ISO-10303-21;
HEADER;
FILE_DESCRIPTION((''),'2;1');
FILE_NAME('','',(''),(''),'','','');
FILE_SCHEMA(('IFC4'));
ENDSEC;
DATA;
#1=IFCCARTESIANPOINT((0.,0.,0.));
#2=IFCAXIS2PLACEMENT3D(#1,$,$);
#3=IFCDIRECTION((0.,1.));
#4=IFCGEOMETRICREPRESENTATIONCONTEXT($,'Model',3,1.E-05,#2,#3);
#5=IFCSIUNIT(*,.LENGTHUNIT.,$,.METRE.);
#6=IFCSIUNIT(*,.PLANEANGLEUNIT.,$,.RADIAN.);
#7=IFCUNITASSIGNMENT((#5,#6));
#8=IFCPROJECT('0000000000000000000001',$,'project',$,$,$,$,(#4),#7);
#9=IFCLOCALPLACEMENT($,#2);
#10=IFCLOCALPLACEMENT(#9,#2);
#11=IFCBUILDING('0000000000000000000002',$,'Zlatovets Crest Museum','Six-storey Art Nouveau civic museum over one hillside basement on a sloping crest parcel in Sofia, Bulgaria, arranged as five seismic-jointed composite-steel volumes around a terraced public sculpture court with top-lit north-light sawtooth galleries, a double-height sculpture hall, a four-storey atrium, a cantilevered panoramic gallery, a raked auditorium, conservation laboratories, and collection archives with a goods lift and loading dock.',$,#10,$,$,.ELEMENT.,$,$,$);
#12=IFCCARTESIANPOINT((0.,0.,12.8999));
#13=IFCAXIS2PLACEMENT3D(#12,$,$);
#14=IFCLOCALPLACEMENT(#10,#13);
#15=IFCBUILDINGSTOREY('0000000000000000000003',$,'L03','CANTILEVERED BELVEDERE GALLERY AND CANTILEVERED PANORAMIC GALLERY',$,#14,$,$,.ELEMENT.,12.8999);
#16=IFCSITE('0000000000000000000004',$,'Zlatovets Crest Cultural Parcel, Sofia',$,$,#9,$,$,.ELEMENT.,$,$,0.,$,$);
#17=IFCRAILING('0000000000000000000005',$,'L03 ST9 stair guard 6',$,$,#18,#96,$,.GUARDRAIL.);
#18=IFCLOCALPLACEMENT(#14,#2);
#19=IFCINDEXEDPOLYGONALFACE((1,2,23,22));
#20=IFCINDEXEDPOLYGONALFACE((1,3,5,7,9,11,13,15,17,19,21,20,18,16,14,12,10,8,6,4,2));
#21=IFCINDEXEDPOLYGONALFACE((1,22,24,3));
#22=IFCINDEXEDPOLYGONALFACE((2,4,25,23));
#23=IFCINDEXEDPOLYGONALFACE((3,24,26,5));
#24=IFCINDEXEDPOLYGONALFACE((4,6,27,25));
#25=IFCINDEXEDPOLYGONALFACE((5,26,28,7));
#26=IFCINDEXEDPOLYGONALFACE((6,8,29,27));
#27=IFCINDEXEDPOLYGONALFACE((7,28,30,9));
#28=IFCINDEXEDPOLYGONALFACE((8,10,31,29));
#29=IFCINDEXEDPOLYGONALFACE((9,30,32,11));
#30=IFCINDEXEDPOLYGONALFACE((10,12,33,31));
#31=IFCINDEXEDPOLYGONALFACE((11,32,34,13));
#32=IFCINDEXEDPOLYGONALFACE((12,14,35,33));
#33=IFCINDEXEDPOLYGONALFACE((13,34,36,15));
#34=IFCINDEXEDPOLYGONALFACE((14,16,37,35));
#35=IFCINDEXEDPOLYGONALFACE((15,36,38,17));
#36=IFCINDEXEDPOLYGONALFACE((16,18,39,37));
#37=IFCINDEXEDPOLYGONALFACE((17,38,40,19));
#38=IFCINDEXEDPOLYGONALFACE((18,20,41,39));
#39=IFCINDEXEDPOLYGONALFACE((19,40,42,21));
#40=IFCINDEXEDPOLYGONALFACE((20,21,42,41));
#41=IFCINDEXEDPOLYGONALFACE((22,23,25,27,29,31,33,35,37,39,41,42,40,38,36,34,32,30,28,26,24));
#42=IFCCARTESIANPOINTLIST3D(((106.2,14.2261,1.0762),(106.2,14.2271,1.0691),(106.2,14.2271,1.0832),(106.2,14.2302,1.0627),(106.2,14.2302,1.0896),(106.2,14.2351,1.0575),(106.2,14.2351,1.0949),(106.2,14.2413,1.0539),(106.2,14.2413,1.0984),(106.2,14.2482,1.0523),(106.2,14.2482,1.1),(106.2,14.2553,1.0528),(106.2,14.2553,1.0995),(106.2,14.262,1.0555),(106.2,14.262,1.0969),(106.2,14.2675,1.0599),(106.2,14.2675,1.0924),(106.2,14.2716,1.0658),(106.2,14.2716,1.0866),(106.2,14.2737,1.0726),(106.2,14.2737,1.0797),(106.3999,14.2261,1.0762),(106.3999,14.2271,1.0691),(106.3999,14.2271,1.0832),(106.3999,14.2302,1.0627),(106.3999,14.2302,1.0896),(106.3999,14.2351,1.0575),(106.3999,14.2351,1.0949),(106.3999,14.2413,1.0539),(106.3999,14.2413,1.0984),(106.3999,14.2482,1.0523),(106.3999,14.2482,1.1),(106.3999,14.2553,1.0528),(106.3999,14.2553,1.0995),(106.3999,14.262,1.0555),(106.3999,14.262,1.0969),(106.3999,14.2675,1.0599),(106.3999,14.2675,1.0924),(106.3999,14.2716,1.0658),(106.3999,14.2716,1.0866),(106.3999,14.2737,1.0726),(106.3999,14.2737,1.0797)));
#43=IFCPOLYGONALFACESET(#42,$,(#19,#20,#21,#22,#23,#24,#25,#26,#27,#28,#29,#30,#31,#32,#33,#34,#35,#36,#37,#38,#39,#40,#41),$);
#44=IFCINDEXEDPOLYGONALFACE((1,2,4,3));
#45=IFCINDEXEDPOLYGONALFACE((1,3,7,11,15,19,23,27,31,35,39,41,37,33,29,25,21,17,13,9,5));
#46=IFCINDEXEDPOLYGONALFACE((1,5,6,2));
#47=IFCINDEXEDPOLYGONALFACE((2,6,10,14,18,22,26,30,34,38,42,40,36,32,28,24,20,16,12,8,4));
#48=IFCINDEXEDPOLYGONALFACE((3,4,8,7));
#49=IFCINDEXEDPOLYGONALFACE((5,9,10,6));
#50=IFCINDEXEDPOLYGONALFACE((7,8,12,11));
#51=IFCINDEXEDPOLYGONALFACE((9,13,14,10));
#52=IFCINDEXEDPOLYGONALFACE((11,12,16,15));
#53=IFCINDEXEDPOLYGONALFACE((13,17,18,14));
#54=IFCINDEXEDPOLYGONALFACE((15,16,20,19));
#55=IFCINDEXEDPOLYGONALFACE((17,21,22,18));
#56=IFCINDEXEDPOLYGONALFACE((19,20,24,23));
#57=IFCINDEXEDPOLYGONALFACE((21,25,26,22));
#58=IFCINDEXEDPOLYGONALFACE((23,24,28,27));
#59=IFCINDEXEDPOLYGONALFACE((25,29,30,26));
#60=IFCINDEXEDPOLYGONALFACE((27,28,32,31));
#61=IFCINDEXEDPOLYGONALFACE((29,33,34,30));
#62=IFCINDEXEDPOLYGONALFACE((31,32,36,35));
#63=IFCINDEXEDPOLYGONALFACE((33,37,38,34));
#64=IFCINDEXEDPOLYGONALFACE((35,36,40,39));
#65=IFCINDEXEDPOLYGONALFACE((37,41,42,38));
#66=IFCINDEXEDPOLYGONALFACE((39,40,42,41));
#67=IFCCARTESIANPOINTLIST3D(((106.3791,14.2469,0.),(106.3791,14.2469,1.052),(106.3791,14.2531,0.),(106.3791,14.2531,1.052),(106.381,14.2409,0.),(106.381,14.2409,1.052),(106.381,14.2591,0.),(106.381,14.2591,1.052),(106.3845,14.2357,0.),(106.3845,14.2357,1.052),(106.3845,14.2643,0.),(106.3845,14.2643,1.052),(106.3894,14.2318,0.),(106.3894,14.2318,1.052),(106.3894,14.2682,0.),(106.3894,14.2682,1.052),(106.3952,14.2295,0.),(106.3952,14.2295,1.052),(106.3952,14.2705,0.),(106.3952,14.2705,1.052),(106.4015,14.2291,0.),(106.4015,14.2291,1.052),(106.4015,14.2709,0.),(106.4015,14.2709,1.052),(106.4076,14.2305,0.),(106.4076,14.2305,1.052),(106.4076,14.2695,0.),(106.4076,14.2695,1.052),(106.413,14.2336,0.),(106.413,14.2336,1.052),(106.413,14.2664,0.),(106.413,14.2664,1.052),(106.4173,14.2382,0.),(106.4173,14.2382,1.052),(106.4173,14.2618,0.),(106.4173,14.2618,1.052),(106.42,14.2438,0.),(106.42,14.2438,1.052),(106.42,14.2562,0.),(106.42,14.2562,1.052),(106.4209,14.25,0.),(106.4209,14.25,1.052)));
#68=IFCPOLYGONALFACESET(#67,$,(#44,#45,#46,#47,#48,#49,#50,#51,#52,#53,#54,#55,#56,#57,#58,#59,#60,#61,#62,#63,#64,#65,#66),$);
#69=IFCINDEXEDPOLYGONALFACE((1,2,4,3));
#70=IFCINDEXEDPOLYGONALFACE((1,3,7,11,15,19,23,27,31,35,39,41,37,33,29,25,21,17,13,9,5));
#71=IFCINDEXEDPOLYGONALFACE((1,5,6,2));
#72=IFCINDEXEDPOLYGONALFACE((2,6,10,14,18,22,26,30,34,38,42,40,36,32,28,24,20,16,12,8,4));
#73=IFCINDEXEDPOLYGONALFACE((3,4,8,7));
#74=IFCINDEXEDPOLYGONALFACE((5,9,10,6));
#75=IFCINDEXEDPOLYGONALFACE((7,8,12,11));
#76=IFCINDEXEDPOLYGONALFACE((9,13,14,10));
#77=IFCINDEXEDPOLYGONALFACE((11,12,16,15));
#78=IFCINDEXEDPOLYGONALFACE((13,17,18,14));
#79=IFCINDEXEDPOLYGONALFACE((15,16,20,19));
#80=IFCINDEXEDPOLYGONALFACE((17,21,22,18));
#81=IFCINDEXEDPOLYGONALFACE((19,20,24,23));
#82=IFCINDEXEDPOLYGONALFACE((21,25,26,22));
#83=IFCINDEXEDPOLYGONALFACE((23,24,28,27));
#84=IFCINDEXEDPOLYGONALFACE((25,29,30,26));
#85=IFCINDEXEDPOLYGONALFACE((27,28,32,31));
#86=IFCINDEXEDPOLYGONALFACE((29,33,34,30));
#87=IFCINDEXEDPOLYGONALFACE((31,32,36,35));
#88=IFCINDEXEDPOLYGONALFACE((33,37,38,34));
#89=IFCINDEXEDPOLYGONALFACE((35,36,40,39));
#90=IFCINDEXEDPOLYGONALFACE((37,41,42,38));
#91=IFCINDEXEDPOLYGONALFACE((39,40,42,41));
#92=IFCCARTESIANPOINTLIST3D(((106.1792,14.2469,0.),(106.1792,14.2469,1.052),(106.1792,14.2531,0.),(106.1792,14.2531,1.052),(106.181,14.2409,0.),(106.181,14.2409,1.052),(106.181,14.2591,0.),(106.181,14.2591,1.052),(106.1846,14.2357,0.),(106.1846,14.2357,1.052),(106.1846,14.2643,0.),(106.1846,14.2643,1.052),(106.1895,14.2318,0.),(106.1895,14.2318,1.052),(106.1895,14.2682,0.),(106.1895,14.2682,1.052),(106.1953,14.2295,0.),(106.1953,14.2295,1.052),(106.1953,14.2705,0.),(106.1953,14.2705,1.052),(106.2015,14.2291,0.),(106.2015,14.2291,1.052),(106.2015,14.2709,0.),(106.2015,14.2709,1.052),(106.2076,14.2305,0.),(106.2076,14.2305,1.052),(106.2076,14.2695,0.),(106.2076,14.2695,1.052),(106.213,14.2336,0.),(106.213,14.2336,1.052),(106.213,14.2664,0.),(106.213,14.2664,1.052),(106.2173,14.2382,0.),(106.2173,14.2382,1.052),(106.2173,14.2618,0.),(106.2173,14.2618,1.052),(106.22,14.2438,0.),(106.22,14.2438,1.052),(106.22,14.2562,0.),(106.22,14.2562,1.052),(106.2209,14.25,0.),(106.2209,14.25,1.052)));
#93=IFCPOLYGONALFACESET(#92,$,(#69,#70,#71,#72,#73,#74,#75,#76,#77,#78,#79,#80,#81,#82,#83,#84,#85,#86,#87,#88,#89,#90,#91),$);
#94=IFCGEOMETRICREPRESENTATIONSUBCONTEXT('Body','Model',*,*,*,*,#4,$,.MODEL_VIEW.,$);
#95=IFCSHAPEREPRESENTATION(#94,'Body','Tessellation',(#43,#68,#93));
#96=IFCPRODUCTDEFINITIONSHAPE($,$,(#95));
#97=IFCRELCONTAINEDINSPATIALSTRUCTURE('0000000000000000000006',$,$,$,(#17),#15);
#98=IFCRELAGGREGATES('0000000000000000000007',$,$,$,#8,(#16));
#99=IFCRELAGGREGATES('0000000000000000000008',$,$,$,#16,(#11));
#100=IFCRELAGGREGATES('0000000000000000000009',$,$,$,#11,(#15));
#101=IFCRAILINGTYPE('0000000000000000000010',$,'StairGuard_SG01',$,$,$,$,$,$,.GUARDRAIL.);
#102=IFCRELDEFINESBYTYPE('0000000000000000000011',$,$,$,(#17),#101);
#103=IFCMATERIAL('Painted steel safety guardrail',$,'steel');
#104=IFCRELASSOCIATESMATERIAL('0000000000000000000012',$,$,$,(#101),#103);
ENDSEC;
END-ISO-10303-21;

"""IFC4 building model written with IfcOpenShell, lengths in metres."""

from ifc_helpers import new_model, si_unit, direction, frame, origin, origin_2d, place, context, subcontext, project, spatial, circle, extrude, material, type_object, element, save


model = new_model("IFC4")

# Units and contexts
model_context = context("Model", 3, precision=1e-05, world=origin(), true_north=direction((0.0, 1.0)))
body_context = subcontext(model_context, "Body", "Model", "MODEL_VIEW")
ifc_project = project(units=[si_unit("LENGTHUNIT", "METRE"), si_unit("PLANEANGLEUNIT", "RADIAN")], contexts=[model_context])

# Site, building, storey
site_placement = place(None, origin())
site = spatial("IfcSite", under=ifc_project, at=site_placement, Name="Zlatovets Crest Cultural Parcel, Sofia", CompositionType="ELEMENT", RefElevation=0.0)
building_placement = place(site_placement, origin())
building = spatial("IfcBuilding", under=site, at=building_placement, Name="Zlatovets Crest Museum", Description="Six-storey Art Nouveau civic museum over one hillside basement on a sloping crest parcel in Sofia, Bulgaria, arranged as five seismic-jointed composite-steel volumes around a terraced public sculpture court with top-lit north-light sawtooth galleries, a double-height sculpture hall, a four-storey atrium, a cantilevered panoramic gallery, a raked auditorium, conservation laboratories, and collection archives with a goods lift and loading dock.", CompositionType="ELEMENT")
storey_placement = place(building_placement, frame((0.0, 0.0, 12.8999)))
storey = spatial("IfcBuildingStorey", under=building, at=storey_placement, Name="L03", Description="CANTILEVERED BELVEDERE GALLERY AND CANTILEVERED PANORAMIC GALLERY", CompositionType="ELEMENT", Elevation=12.8999)

# Railing
ifc_material_1 = material(Name="Painted steel safety guardrail", Category="steel")
railing_type_1 = type_object("IfcRailingType", Name="StairGuard_SG01", PredefinedType="GUARDRAIL", material=ifc_material_1)
railing_1_placement = place(storey_placement, frame((106.3999, 14.25, 0.0)))
element("IfcRailing", 1, at=railing_1_placement, inside=storey, type_object=railing_type_1, Name="L03 ST9 stair guard 6", PredefinedType="GUARDRAIL", context=body_context, shape_type="SweptSolid", body=[
    extrude(circle(Radius=0.0239, at=origin_2d()), frame((0.0, 0.0, 1.0762), z_axis=(-1.0, 0.0, 0.0), x_axis=(0.0, -1.0, 0.0)), (0.0, 0.0, 1.0), 0.2),
    extrude(circle(Radius=0.021, at=origin_2d()), origin(), (0.0, 0.0, 1.0), 1.052),
    extrude(circle(Radius=0.021, at=origin_2d()), frame((-0.2, 0.0, 0.0)), (0.0, 0.0, 1.0), 1.052),
])

save(model, "model.ifc")
